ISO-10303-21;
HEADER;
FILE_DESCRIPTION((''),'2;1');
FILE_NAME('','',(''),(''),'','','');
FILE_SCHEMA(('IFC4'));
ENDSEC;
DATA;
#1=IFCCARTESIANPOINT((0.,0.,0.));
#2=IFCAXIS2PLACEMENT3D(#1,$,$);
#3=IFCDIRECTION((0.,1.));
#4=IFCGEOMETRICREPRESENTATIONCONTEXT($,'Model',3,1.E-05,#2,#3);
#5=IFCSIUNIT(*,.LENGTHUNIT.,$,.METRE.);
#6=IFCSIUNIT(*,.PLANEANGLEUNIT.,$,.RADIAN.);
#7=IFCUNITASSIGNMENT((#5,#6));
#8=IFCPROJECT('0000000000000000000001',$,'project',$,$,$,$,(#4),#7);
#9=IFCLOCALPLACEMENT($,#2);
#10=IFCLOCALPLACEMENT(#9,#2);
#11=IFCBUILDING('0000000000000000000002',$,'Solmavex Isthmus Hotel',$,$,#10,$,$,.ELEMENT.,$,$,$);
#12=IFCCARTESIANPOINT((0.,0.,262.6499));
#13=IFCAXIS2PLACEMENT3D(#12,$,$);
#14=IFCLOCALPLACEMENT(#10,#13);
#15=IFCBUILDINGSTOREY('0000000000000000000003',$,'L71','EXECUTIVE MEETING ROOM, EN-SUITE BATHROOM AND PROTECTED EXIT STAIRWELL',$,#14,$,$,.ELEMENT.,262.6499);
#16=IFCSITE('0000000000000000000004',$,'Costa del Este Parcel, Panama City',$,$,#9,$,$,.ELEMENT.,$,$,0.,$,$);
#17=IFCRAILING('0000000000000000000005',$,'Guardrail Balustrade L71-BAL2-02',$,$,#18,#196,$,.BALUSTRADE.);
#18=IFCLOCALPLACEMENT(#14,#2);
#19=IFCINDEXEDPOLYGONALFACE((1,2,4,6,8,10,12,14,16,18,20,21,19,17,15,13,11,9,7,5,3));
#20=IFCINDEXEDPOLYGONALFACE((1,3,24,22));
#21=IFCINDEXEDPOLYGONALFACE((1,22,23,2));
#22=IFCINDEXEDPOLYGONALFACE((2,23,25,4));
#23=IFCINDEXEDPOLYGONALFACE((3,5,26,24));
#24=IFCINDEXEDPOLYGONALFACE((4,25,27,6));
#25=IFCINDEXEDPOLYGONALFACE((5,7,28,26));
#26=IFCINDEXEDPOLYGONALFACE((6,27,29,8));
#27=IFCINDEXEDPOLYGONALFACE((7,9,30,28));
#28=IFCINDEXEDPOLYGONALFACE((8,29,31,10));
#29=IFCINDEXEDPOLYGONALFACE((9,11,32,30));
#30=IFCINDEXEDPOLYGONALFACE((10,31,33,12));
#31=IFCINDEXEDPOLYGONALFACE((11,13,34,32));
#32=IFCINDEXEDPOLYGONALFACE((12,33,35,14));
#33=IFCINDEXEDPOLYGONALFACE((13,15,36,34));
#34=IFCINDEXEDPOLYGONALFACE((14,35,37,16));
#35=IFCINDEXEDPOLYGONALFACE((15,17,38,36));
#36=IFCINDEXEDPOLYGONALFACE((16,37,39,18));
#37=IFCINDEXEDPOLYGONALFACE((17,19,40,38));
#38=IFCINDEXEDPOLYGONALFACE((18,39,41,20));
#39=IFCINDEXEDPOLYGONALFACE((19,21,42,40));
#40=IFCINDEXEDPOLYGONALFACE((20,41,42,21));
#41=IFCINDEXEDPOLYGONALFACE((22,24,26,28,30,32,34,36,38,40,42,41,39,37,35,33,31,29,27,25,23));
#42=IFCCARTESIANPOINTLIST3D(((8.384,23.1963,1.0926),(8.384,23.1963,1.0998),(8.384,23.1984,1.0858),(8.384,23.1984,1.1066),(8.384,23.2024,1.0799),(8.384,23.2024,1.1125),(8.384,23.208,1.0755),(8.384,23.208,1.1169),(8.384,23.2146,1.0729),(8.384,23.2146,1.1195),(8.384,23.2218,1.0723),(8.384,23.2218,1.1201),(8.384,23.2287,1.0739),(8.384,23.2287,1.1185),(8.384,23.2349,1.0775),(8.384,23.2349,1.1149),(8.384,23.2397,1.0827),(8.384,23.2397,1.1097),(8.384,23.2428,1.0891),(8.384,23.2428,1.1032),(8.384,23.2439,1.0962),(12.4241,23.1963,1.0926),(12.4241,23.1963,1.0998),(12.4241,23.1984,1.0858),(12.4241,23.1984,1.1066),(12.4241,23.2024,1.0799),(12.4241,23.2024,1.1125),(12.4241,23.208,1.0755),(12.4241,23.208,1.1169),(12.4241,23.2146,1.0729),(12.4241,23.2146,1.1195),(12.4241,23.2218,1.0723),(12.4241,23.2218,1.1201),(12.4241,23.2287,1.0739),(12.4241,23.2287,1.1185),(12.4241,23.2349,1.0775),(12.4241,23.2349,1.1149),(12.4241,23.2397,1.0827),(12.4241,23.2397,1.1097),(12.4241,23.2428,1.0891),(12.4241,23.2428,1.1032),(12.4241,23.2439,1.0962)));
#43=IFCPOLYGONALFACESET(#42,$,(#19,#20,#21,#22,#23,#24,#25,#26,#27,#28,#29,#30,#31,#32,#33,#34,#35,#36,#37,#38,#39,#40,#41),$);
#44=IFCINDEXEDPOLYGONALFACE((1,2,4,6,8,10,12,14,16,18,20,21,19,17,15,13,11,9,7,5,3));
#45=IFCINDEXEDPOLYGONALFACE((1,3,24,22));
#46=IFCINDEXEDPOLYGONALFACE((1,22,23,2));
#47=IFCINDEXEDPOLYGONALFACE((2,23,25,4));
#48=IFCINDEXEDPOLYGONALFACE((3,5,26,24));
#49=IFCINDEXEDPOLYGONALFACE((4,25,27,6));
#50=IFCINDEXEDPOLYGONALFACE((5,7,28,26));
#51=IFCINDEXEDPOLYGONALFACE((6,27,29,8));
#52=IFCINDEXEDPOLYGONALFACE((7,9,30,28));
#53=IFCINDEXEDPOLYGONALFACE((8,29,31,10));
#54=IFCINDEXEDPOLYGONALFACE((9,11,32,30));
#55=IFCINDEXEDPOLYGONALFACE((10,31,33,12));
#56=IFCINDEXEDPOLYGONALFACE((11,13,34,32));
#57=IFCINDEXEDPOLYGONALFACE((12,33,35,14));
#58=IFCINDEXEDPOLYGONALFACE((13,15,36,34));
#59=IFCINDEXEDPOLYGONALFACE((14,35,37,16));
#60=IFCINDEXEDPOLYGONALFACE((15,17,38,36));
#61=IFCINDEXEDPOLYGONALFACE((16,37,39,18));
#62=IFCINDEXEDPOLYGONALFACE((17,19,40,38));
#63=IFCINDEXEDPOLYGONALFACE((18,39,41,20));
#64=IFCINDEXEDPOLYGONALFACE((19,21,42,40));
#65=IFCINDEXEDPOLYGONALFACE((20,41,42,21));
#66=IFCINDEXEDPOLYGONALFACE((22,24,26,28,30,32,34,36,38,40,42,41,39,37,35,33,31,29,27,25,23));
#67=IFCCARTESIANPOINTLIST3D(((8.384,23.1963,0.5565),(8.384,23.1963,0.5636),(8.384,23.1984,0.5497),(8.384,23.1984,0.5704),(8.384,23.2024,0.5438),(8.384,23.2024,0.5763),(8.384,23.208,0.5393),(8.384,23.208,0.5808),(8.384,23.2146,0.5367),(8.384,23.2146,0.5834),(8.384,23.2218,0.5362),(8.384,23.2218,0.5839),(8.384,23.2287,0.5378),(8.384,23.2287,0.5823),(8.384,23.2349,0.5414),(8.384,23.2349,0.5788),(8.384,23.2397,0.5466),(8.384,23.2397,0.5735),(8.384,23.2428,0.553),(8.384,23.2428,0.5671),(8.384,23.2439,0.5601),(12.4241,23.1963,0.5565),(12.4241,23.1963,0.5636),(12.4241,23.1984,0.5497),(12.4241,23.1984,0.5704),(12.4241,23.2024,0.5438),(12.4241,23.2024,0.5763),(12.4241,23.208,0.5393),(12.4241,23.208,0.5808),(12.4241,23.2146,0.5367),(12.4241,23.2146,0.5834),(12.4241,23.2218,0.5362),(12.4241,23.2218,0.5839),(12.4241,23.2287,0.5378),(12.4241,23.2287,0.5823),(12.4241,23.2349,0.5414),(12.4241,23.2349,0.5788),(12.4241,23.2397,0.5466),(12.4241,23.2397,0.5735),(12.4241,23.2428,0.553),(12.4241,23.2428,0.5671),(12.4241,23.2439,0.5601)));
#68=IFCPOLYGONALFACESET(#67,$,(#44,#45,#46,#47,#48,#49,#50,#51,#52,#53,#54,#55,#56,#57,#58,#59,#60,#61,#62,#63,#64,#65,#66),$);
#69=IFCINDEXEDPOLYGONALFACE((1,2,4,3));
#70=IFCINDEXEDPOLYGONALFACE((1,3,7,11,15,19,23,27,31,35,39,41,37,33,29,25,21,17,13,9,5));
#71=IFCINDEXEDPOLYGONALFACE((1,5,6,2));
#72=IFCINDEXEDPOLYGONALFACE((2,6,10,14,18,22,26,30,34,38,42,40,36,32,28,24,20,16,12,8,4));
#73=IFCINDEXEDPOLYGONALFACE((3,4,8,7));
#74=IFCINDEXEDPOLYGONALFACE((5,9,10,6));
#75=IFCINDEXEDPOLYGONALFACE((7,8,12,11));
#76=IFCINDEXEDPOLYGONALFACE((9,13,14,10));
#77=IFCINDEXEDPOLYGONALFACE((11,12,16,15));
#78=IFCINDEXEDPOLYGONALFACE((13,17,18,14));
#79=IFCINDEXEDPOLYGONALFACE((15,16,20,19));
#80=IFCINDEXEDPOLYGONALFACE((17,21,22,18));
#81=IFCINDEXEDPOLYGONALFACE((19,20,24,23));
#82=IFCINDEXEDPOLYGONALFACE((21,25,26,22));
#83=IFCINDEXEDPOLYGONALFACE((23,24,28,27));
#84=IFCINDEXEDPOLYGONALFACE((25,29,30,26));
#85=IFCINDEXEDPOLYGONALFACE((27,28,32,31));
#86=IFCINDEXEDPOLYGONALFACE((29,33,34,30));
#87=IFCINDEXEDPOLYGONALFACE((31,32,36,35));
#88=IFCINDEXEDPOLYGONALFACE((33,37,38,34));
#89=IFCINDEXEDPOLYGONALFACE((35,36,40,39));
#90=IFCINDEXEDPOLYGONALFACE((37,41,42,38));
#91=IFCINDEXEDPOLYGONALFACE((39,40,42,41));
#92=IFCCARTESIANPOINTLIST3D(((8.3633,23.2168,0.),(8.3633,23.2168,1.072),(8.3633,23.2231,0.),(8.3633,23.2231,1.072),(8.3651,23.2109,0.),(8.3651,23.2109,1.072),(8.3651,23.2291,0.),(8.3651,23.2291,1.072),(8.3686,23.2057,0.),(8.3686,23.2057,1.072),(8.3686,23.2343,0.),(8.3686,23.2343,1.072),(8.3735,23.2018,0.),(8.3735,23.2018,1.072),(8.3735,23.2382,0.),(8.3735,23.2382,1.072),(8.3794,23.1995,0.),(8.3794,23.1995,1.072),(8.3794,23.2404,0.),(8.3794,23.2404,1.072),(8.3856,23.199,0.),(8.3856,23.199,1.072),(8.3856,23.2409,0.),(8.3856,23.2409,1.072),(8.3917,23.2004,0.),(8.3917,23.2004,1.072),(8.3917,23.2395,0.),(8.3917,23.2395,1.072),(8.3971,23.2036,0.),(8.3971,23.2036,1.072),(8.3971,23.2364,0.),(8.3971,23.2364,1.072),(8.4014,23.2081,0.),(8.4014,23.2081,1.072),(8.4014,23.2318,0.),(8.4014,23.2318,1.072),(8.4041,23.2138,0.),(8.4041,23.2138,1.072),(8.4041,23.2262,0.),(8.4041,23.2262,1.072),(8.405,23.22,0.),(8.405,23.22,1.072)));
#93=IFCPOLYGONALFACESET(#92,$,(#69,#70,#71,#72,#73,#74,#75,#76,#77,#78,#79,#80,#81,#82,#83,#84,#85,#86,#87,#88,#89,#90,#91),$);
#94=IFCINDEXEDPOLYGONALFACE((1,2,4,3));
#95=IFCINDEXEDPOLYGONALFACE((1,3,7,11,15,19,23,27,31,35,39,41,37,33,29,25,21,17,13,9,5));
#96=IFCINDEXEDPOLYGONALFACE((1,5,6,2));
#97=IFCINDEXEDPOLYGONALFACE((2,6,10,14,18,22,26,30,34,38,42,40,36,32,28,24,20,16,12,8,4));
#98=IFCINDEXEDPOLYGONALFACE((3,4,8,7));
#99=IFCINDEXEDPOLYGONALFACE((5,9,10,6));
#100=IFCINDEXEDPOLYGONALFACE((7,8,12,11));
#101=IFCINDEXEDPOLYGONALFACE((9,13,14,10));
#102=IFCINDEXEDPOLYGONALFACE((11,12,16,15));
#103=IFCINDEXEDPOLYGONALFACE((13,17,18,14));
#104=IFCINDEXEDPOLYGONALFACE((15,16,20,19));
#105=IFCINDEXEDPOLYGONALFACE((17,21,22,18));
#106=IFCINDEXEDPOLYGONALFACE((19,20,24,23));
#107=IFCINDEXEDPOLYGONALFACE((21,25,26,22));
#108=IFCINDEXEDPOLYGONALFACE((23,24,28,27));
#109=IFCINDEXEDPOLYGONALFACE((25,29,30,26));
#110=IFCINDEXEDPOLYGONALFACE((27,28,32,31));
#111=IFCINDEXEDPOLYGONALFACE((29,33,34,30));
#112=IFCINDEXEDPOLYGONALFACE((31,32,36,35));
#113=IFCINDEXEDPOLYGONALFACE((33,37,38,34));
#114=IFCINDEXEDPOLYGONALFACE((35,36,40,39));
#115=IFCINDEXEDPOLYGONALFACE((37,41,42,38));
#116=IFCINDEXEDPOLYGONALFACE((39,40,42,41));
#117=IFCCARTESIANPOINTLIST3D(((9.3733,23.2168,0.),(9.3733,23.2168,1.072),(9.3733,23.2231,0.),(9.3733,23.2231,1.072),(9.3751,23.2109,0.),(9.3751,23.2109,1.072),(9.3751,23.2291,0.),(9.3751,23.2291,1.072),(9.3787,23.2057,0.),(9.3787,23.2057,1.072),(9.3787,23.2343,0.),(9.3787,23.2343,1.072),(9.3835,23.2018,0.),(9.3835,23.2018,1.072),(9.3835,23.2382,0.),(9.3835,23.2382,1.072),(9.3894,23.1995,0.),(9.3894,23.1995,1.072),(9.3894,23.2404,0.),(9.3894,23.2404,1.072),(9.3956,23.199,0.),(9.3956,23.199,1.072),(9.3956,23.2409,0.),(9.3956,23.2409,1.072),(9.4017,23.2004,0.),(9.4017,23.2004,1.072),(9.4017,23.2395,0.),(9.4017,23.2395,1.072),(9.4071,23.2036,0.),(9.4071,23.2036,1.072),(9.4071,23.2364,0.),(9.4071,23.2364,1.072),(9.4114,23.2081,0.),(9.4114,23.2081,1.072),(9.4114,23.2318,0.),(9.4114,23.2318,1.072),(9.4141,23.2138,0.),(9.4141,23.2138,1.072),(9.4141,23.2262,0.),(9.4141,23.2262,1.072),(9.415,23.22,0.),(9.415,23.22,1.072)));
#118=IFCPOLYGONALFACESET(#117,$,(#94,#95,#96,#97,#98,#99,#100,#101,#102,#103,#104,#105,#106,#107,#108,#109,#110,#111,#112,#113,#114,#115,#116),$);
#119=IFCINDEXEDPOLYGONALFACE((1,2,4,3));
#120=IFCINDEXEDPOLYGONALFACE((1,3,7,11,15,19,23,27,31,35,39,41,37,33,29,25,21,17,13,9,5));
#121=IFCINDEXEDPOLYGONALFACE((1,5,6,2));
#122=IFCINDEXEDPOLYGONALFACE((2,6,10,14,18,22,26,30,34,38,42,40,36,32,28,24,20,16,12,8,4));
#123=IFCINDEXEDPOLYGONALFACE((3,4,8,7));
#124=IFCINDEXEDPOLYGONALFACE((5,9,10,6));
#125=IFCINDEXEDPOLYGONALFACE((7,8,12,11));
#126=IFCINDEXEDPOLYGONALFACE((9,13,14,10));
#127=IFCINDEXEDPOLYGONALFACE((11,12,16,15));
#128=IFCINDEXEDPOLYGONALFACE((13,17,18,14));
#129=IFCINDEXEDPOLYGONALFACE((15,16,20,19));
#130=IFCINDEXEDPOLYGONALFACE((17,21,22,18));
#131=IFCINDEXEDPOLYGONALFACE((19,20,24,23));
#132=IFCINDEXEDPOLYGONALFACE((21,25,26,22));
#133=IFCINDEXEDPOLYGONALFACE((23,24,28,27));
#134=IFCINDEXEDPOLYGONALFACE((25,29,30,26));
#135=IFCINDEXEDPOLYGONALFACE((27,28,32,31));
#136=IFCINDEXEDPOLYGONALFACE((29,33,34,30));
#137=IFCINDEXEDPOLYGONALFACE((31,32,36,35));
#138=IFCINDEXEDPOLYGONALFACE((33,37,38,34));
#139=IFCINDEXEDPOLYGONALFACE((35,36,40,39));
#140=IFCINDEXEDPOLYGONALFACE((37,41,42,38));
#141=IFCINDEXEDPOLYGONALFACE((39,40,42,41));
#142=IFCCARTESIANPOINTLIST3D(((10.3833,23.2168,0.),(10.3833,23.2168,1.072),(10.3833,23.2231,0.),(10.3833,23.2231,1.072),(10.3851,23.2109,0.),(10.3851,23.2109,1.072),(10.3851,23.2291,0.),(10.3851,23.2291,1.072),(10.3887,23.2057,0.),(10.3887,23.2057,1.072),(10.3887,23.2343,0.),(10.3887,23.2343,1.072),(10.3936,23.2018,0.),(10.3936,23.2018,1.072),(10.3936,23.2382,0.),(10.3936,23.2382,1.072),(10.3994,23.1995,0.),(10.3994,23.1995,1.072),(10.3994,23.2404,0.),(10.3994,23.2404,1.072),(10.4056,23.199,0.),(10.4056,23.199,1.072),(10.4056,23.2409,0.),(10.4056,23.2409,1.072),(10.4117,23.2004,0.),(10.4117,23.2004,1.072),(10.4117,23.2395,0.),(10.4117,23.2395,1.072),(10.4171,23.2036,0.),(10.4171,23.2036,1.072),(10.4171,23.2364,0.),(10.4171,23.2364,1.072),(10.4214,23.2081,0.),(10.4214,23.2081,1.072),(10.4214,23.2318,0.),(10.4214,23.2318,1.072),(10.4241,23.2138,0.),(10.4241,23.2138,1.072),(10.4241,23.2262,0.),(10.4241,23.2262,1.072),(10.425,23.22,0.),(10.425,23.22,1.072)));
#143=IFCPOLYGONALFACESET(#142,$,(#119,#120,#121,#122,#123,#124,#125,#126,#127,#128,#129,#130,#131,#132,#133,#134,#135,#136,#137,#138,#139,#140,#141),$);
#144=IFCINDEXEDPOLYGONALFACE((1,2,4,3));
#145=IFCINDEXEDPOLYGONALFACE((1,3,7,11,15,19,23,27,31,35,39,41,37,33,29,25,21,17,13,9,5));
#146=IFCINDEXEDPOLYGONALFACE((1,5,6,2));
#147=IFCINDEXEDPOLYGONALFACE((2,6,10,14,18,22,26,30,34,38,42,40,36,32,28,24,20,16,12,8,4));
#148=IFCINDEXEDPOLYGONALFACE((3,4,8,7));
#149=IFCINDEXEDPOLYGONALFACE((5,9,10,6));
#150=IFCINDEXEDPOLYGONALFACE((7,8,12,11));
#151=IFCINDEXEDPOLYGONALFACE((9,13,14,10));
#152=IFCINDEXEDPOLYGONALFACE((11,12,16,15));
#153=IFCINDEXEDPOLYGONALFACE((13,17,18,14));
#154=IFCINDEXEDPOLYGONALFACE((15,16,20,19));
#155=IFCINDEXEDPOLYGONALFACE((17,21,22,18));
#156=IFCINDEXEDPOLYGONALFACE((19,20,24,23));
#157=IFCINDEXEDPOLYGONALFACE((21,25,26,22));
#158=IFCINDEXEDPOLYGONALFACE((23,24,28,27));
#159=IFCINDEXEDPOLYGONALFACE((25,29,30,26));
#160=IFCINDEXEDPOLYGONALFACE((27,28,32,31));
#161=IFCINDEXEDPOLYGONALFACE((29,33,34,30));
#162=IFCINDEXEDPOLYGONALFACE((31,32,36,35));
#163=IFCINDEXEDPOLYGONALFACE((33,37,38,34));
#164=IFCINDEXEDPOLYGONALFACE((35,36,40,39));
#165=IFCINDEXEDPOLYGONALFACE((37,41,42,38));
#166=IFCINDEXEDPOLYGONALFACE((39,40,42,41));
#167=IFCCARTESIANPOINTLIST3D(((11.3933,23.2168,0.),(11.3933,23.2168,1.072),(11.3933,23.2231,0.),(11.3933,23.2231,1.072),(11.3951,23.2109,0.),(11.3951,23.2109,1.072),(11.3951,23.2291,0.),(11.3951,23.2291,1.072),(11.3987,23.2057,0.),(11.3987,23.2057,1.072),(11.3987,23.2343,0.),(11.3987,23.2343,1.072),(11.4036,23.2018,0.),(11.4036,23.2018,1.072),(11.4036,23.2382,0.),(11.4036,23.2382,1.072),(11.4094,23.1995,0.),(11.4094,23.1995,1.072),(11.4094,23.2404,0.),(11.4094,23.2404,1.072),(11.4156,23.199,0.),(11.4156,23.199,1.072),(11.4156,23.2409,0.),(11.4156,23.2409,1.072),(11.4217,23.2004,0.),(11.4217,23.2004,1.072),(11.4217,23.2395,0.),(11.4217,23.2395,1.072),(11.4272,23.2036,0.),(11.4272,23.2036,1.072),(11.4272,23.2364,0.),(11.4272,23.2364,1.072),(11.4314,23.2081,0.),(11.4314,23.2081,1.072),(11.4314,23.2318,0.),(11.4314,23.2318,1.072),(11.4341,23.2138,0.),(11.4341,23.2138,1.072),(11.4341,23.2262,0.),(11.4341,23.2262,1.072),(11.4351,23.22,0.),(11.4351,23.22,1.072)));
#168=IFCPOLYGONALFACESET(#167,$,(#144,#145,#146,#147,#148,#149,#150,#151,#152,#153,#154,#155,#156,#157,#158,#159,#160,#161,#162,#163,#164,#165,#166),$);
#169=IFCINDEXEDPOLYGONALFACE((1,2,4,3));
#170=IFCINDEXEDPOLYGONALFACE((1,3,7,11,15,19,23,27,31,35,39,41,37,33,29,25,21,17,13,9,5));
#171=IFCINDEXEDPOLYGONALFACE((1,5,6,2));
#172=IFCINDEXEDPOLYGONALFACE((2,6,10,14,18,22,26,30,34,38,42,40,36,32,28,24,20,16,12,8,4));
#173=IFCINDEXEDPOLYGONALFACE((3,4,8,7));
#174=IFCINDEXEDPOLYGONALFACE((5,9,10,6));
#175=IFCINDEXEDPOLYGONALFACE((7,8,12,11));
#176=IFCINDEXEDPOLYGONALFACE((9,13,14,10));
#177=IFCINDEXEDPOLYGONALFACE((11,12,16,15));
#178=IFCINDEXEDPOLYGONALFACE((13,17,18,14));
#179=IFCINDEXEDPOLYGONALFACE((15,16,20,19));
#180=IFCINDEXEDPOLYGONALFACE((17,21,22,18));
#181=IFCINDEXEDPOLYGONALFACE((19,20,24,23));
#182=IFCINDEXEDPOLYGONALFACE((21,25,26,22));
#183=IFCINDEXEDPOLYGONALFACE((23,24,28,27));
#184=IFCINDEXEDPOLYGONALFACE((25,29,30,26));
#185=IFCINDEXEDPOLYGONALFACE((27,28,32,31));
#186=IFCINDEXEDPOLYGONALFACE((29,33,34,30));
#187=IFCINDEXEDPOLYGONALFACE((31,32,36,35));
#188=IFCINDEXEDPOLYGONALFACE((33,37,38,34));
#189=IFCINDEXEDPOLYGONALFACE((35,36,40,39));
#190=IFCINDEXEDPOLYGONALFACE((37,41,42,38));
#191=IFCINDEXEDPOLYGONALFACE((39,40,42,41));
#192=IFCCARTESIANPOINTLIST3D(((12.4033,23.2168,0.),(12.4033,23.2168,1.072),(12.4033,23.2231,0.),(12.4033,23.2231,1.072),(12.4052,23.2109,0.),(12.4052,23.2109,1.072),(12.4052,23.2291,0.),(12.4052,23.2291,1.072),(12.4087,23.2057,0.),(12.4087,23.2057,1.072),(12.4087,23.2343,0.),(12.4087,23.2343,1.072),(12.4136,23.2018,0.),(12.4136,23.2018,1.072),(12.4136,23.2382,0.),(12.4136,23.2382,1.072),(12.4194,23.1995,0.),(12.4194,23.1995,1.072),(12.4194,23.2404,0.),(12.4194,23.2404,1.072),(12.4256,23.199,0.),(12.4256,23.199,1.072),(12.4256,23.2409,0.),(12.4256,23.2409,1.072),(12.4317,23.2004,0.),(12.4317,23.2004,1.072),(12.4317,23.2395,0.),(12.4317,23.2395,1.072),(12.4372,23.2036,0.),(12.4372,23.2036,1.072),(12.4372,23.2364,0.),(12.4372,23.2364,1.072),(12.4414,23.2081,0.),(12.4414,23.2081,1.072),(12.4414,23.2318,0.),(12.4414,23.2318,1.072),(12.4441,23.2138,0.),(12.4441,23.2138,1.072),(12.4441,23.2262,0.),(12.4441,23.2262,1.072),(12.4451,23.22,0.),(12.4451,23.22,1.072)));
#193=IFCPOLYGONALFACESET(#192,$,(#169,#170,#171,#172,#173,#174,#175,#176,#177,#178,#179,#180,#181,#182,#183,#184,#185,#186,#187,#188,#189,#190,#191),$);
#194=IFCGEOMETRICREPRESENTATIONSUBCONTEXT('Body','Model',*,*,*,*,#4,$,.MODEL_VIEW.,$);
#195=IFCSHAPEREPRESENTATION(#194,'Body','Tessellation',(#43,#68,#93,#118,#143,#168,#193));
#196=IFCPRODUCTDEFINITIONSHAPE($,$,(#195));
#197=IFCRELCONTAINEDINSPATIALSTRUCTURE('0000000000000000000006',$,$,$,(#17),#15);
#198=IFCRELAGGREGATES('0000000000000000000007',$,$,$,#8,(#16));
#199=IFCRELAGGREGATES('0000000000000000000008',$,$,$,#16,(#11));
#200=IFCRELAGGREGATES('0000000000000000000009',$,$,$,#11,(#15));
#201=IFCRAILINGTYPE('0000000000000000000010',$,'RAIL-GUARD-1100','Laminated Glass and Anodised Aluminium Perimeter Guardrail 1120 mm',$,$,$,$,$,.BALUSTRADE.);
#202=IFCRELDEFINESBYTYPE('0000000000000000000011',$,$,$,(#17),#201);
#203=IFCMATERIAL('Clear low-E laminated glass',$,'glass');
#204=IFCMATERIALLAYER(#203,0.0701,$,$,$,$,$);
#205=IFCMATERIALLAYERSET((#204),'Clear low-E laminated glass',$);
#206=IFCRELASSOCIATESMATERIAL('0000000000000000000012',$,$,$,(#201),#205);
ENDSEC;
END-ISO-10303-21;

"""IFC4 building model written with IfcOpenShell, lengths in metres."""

from ifc_helpers import new_model, si_unit, direction, frame, origin, origin_2d, place, context, subcontext, project, spatial, circle, extrude, material, layer, layer_set, type_object, element, save


model = new_model("IFC4")

# Units and contexts
model_context = context("Model", 3, precision=1e-05, world=origin(), true_north=direction((0.0, 1.0)))
body_context = subcontext(model_context, "Body", "Model", "MODEL_VIEW")
ifc_project = project(units=[si_unit("LENGTHUNIT", "METRE"), si_unit("PLANEANGLEUNIT", "RADIAN")], contexts=[model_context])

# Site, building, storey
site_placement = place(None, origin())
site = spatial("IfcSite", under=ifc_project, at=site_placement, Name="Costa del Este Parcel, Panama City", CompositionType="ELEMENT", RefElevation=0.0)
building_placement = place(site_placement, origin())
building = spatial("IfcBuilding", under=site, at=building_placement, Name="Solmavex Isthmus Hotel", CompositionType="ELEMENT")
storey_placement = place(building_placement, frame((0.0, 0.0, 262.6499)))
storey = spatial("IfcBuildingStorey", under=building, at=storey_placement, Name="L71", Description="EXECUTIVE MEETING ROOM, EN-SUITE BATHROOM AND PROTECTED EXIT STAIRWELL", CompositionType="ELEMENT", Elevation=262.6499)

# Shared definitions
ifc_material_1 = material(Name="Clear low-E laminated glass", Category="glass")

# Railing
ifc_layer_1 = layer(ifc_material_1, 0.0701)
ifc_layer_set_1 = layer_set([ifc_layer_1], Name="Clear low-E laminated glass")
railing_type_1 = type_object("IfcRailingType", Name="RAIL-GUARD-1100", Description="Laminated Glass and Anodised Aluminium Perimeter Guardrail 1120 mm", PredefinedType="BALUSTRADE", material=ifc_layer_set_1)
railing_1_placement = place(storey_placement, frame((8.384, 23.22, 0.0)))
element("IfcRailing", 1, at=railing_1_placement, inside=storey, type_object=railing_type_1, Name="Guardrail Balustrade L71-BAL2-02", PredefinedType="BALUSTRADE", context=body_context, shape_type="SweptSolid", body=[
    extrude(circle(Radius=0.0239, at=origin_2d()), frame((0.0, 0.0, 1.0962), z_axis=(1.0, 0.0, 0.0), x_axis=(0.0, 1.0, 0.0)), (0.0, 0.0, 1.0), 4.04),
    extrude(circle(Radius=0.0239, at=origin_2d()), frame((0.0, 0.0, 0.5601), z_axis=(1.0, 0.0, 0.0), x_axis=(0.0, 1.0, 0.0)), (0.0, 0.0, 1.0), 4.04),
    extrude(circle(Radius=0.021, at=origin_2d()), origin(), (0.0, 0.0, 1.0), 1.072),
    extrude(circle(Radius=0.021, at=origin_2d()), frame((1.01, 0.0, 0.0)), (0.0, 0.0, 1.0), 1.072),
    extrude(circle(Radius=0.021, at=origin_2d()), frame((2.02, 0.0, 0.0)), (0.0, 0.0, 1.0), 1.072),
    extrude(circle(Radius=0.021, at=origin_2d()), frame((3.03, 0.0, 0.0)), (0.0, 0.0, 1.0), 1.072),
    extrude(circle(Radius=0.021, at=origin_2d()), frame((4.04, 0.0, 0.0)), (0.0, 0.0, 1.0), 1.072),
])

save(model, "model.ifc")
